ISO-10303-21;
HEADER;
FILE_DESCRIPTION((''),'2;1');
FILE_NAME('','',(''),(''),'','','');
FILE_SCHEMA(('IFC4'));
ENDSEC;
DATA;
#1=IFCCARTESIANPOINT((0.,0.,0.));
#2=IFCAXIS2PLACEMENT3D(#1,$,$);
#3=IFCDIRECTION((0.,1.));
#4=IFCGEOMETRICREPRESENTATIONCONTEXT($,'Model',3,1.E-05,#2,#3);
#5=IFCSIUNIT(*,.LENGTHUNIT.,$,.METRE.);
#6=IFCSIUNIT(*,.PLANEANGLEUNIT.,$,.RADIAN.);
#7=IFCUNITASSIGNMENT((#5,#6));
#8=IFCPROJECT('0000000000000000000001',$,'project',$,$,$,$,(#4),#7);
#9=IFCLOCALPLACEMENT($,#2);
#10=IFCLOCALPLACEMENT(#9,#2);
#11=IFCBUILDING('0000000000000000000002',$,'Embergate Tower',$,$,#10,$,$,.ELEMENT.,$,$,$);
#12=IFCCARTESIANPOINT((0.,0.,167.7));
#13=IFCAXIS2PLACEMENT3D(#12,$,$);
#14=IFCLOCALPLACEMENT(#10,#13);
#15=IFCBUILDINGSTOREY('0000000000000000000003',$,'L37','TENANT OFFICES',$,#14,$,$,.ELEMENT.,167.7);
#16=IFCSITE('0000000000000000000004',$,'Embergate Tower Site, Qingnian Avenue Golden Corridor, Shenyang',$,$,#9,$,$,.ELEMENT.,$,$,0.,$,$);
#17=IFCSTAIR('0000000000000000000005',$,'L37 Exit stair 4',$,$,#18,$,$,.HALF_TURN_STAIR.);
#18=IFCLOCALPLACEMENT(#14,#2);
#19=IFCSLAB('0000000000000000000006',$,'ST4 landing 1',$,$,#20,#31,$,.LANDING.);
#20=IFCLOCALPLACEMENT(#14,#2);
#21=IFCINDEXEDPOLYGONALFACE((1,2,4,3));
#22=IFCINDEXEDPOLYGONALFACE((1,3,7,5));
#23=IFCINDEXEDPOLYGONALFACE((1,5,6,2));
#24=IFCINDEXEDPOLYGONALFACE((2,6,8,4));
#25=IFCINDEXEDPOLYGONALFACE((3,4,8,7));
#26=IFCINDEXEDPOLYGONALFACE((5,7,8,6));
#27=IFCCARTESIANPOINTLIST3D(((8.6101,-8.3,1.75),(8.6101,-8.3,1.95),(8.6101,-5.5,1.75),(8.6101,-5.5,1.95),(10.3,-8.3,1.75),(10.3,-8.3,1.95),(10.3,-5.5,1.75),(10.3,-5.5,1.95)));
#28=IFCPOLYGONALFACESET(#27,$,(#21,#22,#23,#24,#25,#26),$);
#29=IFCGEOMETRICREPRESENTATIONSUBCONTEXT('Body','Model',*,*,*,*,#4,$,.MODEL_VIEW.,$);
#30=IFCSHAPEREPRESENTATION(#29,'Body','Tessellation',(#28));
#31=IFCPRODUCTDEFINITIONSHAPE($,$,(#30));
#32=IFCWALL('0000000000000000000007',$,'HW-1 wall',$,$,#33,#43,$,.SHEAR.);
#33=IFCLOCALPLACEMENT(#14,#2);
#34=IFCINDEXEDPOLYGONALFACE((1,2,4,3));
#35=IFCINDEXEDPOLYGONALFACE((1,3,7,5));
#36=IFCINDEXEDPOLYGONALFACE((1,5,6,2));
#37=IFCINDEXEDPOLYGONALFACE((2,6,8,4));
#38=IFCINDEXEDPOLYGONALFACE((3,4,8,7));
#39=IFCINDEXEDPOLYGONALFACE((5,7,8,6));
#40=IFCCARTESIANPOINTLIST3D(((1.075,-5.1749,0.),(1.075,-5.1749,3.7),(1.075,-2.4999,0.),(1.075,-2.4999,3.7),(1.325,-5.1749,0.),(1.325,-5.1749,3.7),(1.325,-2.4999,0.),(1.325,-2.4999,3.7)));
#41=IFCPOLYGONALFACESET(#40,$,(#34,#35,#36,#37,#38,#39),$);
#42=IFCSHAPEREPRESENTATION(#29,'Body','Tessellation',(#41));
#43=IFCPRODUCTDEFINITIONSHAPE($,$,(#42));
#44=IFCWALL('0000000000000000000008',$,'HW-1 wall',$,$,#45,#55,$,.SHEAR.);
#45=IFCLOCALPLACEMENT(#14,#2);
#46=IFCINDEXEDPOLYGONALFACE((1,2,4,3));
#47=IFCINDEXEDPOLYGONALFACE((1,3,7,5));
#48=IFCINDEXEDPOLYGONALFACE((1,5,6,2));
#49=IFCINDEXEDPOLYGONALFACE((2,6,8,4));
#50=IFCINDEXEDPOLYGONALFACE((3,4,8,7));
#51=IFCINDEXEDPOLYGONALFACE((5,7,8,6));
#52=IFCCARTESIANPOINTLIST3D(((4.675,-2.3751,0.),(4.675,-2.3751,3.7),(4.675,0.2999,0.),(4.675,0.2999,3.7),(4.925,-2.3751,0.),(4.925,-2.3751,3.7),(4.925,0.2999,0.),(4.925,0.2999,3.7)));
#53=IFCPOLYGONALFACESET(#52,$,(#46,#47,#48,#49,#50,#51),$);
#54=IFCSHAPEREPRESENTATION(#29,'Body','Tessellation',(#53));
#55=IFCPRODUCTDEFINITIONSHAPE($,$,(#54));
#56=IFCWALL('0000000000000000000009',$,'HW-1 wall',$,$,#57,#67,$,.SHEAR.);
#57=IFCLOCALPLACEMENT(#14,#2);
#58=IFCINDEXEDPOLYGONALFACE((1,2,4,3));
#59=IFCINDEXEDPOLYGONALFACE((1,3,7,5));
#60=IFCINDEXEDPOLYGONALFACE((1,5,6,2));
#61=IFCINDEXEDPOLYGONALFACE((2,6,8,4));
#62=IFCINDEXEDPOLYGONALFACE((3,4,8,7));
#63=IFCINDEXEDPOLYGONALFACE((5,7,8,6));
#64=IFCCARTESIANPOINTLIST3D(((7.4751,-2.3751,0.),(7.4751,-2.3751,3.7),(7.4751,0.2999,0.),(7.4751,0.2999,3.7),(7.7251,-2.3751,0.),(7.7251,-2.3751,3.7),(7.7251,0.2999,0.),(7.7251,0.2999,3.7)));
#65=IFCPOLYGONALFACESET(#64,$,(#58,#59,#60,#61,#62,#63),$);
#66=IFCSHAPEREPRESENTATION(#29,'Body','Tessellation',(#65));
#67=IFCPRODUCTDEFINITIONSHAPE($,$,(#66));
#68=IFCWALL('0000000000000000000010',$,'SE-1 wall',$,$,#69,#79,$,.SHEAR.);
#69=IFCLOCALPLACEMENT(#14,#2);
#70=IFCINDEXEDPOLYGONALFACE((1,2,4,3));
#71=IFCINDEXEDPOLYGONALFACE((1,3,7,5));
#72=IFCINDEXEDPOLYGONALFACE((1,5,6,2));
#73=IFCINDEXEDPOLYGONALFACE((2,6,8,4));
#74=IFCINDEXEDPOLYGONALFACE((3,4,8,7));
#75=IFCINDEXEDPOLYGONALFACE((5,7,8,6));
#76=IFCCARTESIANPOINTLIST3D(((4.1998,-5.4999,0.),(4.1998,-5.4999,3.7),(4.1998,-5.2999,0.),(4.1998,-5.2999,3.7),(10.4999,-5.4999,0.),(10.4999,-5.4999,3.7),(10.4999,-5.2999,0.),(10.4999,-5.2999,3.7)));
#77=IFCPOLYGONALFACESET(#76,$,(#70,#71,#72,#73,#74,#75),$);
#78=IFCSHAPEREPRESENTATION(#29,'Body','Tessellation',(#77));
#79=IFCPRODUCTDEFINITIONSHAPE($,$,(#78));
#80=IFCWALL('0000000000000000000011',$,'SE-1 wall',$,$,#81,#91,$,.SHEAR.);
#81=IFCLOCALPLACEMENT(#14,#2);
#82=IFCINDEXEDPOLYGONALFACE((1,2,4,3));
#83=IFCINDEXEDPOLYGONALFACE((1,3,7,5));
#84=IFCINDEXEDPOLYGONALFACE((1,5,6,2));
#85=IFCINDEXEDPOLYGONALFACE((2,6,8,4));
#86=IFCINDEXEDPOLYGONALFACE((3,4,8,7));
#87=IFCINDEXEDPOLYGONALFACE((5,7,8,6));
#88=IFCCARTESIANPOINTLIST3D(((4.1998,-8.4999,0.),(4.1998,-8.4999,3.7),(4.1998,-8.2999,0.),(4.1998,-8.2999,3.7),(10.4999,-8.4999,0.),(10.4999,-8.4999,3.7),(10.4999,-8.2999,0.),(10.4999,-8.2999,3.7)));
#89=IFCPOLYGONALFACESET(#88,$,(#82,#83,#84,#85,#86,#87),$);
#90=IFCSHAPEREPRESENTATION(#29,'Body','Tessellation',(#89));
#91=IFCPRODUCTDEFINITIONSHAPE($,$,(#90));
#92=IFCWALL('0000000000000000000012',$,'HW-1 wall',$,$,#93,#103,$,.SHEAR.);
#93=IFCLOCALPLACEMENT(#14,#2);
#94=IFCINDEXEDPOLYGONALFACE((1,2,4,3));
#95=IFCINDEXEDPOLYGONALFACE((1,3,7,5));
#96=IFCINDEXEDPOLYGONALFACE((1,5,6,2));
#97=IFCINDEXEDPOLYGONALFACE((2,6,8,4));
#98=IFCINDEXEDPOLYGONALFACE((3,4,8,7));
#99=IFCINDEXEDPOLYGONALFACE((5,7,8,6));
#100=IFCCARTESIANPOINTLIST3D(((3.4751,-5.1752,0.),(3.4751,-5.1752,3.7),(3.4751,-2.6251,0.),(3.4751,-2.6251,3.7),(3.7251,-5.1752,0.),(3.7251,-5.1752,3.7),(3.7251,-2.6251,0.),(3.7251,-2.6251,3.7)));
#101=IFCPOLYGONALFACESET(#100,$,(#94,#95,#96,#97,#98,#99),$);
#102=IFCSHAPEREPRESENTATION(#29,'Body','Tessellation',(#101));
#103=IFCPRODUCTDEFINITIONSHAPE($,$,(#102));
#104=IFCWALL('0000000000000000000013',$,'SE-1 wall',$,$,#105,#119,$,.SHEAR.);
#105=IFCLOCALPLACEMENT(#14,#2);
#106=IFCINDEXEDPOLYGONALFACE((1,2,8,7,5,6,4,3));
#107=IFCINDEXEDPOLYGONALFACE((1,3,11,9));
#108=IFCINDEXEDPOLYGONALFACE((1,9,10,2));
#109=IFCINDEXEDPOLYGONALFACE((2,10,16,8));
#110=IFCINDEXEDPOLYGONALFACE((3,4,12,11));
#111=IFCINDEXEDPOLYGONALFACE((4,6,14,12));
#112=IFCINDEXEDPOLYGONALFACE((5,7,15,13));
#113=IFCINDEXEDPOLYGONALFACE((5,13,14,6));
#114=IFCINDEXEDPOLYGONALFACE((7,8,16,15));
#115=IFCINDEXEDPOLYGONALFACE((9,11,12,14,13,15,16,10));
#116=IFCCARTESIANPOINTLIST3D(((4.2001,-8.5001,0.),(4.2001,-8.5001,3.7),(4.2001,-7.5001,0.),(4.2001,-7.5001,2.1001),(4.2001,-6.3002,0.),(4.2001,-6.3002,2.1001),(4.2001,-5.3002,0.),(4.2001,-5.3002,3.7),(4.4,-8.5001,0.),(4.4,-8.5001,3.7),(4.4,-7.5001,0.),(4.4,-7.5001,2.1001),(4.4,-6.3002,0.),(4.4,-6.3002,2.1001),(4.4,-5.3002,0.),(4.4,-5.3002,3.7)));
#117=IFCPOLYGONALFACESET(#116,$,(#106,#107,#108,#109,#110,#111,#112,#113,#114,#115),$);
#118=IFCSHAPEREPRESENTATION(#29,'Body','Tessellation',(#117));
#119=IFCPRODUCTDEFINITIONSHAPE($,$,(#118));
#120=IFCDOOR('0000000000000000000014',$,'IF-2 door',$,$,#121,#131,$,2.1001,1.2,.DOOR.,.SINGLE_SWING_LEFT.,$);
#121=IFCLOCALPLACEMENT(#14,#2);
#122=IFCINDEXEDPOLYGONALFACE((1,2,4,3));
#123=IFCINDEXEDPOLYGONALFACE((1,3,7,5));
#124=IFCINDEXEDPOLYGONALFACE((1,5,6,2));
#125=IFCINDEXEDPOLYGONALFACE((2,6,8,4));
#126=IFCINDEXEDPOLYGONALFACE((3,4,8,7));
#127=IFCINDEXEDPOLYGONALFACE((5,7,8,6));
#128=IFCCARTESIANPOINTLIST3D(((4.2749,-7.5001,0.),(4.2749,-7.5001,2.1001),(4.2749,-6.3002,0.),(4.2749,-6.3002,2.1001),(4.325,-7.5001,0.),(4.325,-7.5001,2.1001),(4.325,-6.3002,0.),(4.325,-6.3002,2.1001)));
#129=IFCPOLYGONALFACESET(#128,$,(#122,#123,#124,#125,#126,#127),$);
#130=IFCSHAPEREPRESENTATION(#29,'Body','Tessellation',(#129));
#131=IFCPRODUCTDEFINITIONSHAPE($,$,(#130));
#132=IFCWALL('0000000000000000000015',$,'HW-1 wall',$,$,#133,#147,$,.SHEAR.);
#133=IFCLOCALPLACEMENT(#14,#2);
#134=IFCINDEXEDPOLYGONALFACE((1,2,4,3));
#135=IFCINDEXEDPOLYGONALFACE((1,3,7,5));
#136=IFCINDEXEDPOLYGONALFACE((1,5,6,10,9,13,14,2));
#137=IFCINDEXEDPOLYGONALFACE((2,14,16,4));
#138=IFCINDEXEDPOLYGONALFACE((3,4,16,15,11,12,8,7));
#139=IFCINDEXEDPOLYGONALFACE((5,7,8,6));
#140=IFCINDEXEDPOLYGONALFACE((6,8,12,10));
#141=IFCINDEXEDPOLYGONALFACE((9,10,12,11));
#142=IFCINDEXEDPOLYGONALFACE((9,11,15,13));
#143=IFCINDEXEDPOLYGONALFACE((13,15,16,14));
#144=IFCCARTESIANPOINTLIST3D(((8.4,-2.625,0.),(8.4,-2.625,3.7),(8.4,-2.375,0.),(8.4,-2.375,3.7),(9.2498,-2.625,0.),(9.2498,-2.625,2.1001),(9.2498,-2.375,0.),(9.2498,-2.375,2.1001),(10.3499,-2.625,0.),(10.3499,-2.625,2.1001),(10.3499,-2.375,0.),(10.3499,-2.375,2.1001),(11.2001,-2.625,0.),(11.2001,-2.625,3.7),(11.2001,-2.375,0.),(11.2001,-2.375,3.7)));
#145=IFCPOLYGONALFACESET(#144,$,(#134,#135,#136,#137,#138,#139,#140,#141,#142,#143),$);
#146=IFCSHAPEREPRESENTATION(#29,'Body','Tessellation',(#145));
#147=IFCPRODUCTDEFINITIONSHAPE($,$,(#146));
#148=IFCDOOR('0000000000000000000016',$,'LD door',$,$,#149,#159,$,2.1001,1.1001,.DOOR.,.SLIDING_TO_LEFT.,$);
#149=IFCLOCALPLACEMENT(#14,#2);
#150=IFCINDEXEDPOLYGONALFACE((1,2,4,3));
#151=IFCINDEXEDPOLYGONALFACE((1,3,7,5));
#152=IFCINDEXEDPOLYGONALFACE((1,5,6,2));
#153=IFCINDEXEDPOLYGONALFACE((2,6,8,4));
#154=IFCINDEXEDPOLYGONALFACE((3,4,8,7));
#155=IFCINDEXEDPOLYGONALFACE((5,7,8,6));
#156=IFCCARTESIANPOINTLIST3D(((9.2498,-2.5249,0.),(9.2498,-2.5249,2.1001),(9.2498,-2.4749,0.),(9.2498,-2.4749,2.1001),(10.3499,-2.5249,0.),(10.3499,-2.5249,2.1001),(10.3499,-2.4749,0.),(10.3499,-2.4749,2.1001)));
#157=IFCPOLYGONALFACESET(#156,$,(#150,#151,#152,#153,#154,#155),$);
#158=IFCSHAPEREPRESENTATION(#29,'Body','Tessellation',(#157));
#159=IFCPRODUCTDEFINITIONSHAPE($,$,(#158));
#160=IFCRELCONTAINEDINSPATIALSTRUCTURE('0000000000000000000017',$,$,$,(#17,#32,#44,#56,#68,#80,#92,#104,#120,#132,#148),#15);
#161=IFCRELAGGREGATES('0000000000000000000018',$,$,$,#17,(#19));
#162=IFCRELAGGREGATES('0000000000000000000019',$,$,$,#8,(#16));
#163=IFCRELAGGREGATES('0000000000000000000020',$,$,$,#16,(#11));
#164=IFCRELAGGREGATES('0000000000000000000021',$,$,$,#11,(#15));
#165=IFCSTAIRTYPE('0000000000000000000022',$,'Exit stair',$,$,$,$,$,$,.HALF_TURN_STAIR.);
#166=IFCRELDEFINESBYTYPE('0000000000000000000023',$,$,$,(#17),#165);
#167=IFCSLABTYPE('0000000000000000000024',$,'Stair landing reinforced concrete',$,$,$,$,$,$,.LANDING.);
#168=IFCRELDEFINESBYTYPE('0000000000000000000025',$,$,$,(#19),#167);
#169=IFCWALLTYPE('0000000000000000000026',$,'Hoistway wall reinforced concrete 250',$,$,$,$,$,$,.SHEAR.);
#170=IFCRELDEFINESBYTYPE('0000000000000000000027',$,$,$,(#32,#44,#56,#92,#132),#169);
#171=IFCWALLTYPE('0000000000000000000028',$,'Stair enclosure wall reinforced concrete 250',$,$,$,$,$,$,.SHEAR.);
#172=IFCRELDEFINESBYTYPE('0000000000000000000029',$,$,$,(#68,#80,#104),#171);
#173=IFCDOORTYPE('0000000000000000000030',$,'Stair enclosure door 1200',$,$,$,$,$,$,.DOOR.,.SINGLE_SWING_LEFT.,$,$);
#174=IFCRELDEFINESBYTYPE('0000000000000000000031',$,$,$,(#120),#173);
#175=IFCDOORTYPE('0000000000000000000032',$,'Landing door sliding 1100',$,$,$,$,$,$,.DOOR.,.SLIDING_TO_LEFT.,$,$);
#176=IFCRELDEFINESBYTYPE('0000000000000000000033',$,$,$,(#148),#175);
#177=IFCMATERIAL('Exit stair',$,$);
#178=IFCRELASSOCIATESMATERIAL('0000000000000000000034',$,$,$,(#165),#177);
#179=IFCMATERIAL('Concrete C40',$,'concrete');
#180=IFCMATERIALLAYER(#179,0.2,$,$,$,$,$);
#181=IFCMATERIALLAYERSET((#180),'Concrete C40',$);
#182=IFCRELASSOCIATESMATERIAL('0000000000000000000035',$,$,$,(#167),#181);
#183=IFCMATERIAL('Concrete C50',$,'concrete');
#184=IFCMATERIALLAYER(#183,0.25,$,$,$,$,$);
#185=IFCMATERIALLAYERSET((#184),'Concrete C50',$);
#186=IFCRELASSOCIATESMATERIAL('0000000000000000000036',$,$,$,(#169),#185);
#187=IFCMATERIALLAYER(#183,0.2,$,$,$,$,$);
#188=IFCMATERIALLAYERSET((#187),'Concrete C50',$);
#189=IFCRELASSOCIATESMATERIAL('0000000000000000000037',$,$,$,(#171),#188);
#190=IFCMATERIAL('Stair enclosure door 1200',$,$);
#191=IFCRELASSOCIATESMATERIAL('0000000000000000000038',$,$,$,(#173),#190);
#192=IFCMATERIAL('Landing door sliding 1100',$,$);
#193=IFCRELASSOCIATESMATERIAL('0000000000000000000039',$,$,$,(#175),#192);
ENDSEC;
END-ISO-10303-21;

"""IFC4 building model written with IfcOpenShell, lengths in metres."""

from ifc_helpers import new_model, si_unit, direction, frame, frame_2d, origin, place, context, subcontext, project, spatial, polyline, rectangle, outline, extrude, source, transform, mapped, material, layer, layer_set, type_object, element, fill, aggregate, save


model = new_model("IFC4")

# Units and contexts
model_context = context("Model", 3, precision=1e-05, world=origin(), true_north=direction((0.0, 1.0)))
body_context = subcontext(model_context, "Body", "Model", "MODEL_VIEW")
ifc_project = project(units=[si_unit("LENGTHUNIT", "METRE"), si_unit("PLANEANGLEUNIT", "RADIAN")], contexts=[model_context])

# Site, building, storey
site_placement = place(None, origin())
site = spatial("IfcSite", under=ifc_project, at=site_placement, Name="Embergate Tower Site, Qingnian Avenue Golden Corridor, Shenyang", CompositionType="ELEMENT", RefElevation=0.0)
building_placement = place(site_placement, origin())
building = spatial("IfcBuilding", under=site, at=building_placement, Name="Embergate Tower", CompositionType="ELEMENT")
storey_placement = place(building_placement, frame((0.0, 0.0, 167.7)))
storey = spatial("IfcBuildingStorey", under=building, at=storey_placement, Name="L37", Description="TENANT OFFICES", CompositionType="ELEMENT", Elevation=167.7)

# Stair, slab
ifc_material_1 = material(Name="Exit stair")
stair_type = type_object("IfcStairType", Name="Exit stair", PredefinedType="HALF_TURN_STAIR", material=ifc_material_1)
stair_placement = place(storey_placement, origin())
stair = element("IfcStair", 1, at=stair_placement, inside=storey, type_object=stair_type, Name="L37 Exit stair 4", PredefinedType="HALF_TURN_STAIR")
ifc_material_2 = material(Name="Concrete C40", Category="concrete")
ifc_layer_1 = layer(ifc_material_2, 0.2)
ifc_layer_set_1 = layer_set([ifc_layer_1], Name="Concrete C40")
slab_type = type_object("IfcSlabType", Name="Stair landing reinforced concrete", PredefinedType="LANDING", material=ifc_layer_set_1)
shared_shape_1 = source(origin(), body_context, "Body", "SweptSolid", [
    extrude(outline(polyline([(0.0, 0.0), (1.6899, 0.0), (1.6899, 2.8), (0.0, 2.8), (0.0, 0.0)])), origin(), (0.0, 0.0, 1.0), 0.2),
])
slab_placement = place(storey_placement, frame((8.6101, -8.3, 1.75)))
slab = element("IfcSlab", 2, at=slab_placement, type_object=slab_type, Name="ST4 landing 1", PredefinedType="LANDING", context=body_context, shape_type="MappedRepresentation", body=[
    mapped(shared_shape_1, transform((0.0, 0.0, 0.0))),
])

# Walls
ifc_material_3 = material(Name="Concrete C50", Category="concrete")
ifc_layer_2 = layer(ifc_material_3, 0.25)
ifc_layer_set_2 = layer_set([ifc_layer_2], Name="Concrete C50")
wall_type_1 = type_object("IfcWallType", Name="Hoistway wall reinforced concrete 250", PredefinedType="SHEAR", material=ifc_layer_set_2)
shared_shape_2 = source(origin(), body_context, "Body", "SweptSolid", [
    extrude(rectangle(XDim=2.675, YDim=0.25, at=frame_2d((1.3374, 0.0))), origin(), (0.0, 0.0, 1.0), 3.7),
])
for number, where, z_axis, x_axis, name in (
    (3, (1.2, -2.5, 0.0), (0.0, 0.0, 1.0), (0.0, -1.0, 0.0), "HW-1 wall"),
    (4, (4.8, -2.375, 0.0), (0.0, 0.0, 1.0), (0.0, 1.0, 0.0), "HW-1 wall"),
    (5, (7.6001, -2.375, 0.0), (0.0, 0.0, 1.0), (0.0, 1.0, 0.0), "HW-1 wall"),
):
    element("IfcWall", number, at=place(storey_placement, frame(where, z_axis=z_axis, x_axis=x_axis)), inside=storey, type_object=wall_type_1, Name=name, PredefinedType="SHEAR", context=body_context, shape_type="MappedRepresentation", body=[
        mapped(shared_shape_2, transform((0.0, 0.0, 0.0))),
    ])
ifc_layer_3 = layer(ifc_material_3, 0.2)
ifc_layer_set_3 = layer_set([ifc_layer_3], Name="Concrete C50")
wall_type_2 = type_object("IfcWallType", Name="Stair enclosure wall reinforced concrete 250", PredefinedType="SHEAR", material=ifc_layer_set_3)
shared_shape_3 = source(origin(), body_context, "Body", "SweptSolid", [
    extrude(rectangle(XDim=6.3, YDim=0.2, at=frame_2d((3.1499, 0.0))), origin(), (0.0, 0.0, 1.0), 3.7),
])
for number, where, z_axis, x_axis, name in (
    (6, (4.2, -5.3999, 0.0), (0.0, 0.0, 1.0), (1.0, 0.0, 0.0), "SE-1 wall"),
    (7, (4.2, -8.3999, 0.0), (0.0, 0.0, 1.0), (1.0, 0.0, 0.0), "SE-1 wall"),
):
    element("IfcWall", number, at=place(storey_placement, frame(where, z_axis=z_axis, x_axis=x_axis)), inside=storey, type_object=wall_type_2, Name=name, PredefinedType="SHEAR", context=body_context, shape_type="MappedRepresentation", body=[
        mapped(shared_shape_3, transform((0.0, 0.0, 0.0))),
    ])
shared_shape_4 = source(origin(), body_context, "Body", "SweptSolid", [
    extrude(rectangle(XDim=2.55, YDim=0.25, at=frame_2d((1.2749, 0.0))), origin(), (0.0, 0.0, 1.0), 3.7),
])
wall_1_placement = place(storey_placement, frame((3.6001, -5.175, 0.0), z_axis=(0.0, 0.0, 1.0), x_axis=(0.0, 1.0, 0.0)))
element("IfcWall", 8, at=wall_1_placement, inside=storey, type_object=wall_type_1, Name="HW-1 wall", PredefinedType="SHEAR", context=body_context, shape_type="MappedRepresentation", body=[
    mapped(shared_shape_4, transform((0.0, 0.0, 0.0))),
])

# Walls, openings, doors
shared_shape_5 = source(origin(), body_context, "Body", "SweptSolid", [
    extrude(rectangle(XDim=3.2, YDim=0.2, at=frame_2d((1.6001, 0.0))), origin(), (0.0, 0.0, 1.0), 3.7),
])
wall_2_placement = place(storey_placement, frame((4.3, -5.3, 0.0), z_axis=(0.0, 0.0, 1.0), x_axis=(0.0, -1.0, 0.0)))
wall_2 = element("IfcWall", 9, at=wall_2_placement, inside=storey, type_object=wall_type_2, Name="SE-1 wall", PredefinedType="SHEAR", context=body_context, shape_type="MappedRepresentation", body=[
    mapped(shared_shape_5, transform((0.0, 0.0, 0.0))),
])
shared_shape_6 = source(origin(), body_context, "Body", "SweptSolid", [
    extrude(rectangle(XDim=1.2, YDim=2.1001, at=frame_2d((0.6001, 1.05))), frame((0.0, 0.1099, 0.0), z_axis=(0.0, -1.0, 0.0), x_axis=(1.0, 0.0, 0.0)), (0.0, 0.0, 1.0), 0.22),
])
opening_1_placement = place(wall_2_placement, frame((1.0, 0.0, 0.0)))
opening_1 = element("IfcOpeningElement", 10, at=opening_1_placement, cuts=wall_2, PredefinedType="OPENING", context=body_context, shape_type="MappedRepresentation", body=[
    mapped(shared_shape_6, transform((0.0, 0.0, 0.0))),
])
ifc_material_4 = material(Name="Stair enclosure door 1200")
door_type_1 = type_object("IfcDoorType", Name="Stair enclosure door 1200", OperationType="SINGLE_SWING_LEFT", PredefinedType="DOOR", material=ifc_material_4)
shared_shape_7 = source(origin(), body_context, "Body", "SweptSolid", [
    extrude(rectangle(XDim=1.2, YDim=2.1001, at=frame_2d((0.6001, 1.05))), frame((0.0, 0.0249, 0.0), z_axis=(0.0, -1.0, 0.0), x_axis=(1.0, 0.0, 0.0)), (0.0, 0.0, 1.0), 0.05),
])
door_1_placement = place(opening_1_placement, origin())
door_1 = element("IfcDoor", 11, at=door_1_placement, inside=storey, type_object=door_type_1, Name="IF-2 door", OperationType="SINGLE_SWING_LEFT", OverallHeight=2.1001, OverallWidth=1.2, PredefinedType="DOOR", context=body_context, shape_type="MappedRepresentation", body=[
    mapped(shared_shape_7, transform((0.0, 0.0, 0.0))),
])
fill(opening_1, door_1)
shared_shape_8 = source(origin(), body_context, "Body", "SweptSolid", [
    extrude(rectangle(XDim=2.8, YDim=0.25, at=frame_2d((1.3999, 0.0))), origin(), (0.0, 0.0, 1.0), 3.7),
])
wall_3_placement = place(storey_placement, frame((11.2, -2.5, 0.0), z_axis=(0.0, 0.0, 1.0), x_axis=(-1.0, 0.0, 0.0)))
wall_3 = element("IfcWall", 12, at=wall_3_placement, inside=storey, type_object=wall_type_1, Name="HW-1 wall", PredefinedType="SHEAR", context=body_context, shape_type="MappedRepresentation", body=[
    mapped(shared_shape_8, transform((0.0, 0.0, 0.0))),
])
shared_shape_9 = source(origin(), body_context, "Body", "SweptSolid", [
    extrude(rectangle(XDim=1.1001, YDim=2.1001, at=frame_2d((0.55, 1.05))), frame((0.0, 0.135, 0.0), z_axis=(0.0, -1.0, 0.0), x_axis=(1.0, 0.0, 0.0)), (0.0, 0.0, 1.0), 0.27),
])
opening_2_placement = place(wall_3_placement, frame((0.8501, 0.0, 0.0)))
opening_2 = element("IfcOpeningElement", 13, at=opening_2_placement, cuts=wall_3, PredefinedType="OPENING", context=body_context, shape_type="MappedRepresentation", body=[
    mapped(shared_shape_9, transform((0.0, 0.0, 0.0))),
])
ifc_material_5 = material(Name="Landing door sliding 1100")
door_type_2 = type_object("IfcDoorType", Name="Landing door sliding 1100", OperationType="SLIDING_TO_LEFT", PredefinedType="DOOR", material=ifc_material_5)
shared_shape_10 = source(origin(), body_context, "Body", "SweptSolid", [
    extrude(rectangle(XDim=1.1001, YDim=2.1001, at=frame_2d((0.55, 1.05))), frame((0.0, 0.0249, 0.0), z_axis=(0.0, -1.0, 0.0), x_axis=(1.0, 0.0, 0.0)), (0.0, 0.0, 1.0), 0.05),
])
door_2_placement = place(opening_2_placement, origin())
door_2 = element("IfcDoor", 14, at=door_2_placement, inside=storey, type_object=door_type_2, Name="LD door", OperationType="SLIDING_TO_LEFT", OverallHeight=2.1001, OverallWidth=1.1001, PredefinedType="DOOR", context=body_context, shape_type="MappedRepresentation", body=[
    mapped(shared_shape_10, transform((0.0, 0.0, 0.0))),
])
fill(opening_2, door_2)

aggregate(stair, [slab])

save(model, "model.ifc")
